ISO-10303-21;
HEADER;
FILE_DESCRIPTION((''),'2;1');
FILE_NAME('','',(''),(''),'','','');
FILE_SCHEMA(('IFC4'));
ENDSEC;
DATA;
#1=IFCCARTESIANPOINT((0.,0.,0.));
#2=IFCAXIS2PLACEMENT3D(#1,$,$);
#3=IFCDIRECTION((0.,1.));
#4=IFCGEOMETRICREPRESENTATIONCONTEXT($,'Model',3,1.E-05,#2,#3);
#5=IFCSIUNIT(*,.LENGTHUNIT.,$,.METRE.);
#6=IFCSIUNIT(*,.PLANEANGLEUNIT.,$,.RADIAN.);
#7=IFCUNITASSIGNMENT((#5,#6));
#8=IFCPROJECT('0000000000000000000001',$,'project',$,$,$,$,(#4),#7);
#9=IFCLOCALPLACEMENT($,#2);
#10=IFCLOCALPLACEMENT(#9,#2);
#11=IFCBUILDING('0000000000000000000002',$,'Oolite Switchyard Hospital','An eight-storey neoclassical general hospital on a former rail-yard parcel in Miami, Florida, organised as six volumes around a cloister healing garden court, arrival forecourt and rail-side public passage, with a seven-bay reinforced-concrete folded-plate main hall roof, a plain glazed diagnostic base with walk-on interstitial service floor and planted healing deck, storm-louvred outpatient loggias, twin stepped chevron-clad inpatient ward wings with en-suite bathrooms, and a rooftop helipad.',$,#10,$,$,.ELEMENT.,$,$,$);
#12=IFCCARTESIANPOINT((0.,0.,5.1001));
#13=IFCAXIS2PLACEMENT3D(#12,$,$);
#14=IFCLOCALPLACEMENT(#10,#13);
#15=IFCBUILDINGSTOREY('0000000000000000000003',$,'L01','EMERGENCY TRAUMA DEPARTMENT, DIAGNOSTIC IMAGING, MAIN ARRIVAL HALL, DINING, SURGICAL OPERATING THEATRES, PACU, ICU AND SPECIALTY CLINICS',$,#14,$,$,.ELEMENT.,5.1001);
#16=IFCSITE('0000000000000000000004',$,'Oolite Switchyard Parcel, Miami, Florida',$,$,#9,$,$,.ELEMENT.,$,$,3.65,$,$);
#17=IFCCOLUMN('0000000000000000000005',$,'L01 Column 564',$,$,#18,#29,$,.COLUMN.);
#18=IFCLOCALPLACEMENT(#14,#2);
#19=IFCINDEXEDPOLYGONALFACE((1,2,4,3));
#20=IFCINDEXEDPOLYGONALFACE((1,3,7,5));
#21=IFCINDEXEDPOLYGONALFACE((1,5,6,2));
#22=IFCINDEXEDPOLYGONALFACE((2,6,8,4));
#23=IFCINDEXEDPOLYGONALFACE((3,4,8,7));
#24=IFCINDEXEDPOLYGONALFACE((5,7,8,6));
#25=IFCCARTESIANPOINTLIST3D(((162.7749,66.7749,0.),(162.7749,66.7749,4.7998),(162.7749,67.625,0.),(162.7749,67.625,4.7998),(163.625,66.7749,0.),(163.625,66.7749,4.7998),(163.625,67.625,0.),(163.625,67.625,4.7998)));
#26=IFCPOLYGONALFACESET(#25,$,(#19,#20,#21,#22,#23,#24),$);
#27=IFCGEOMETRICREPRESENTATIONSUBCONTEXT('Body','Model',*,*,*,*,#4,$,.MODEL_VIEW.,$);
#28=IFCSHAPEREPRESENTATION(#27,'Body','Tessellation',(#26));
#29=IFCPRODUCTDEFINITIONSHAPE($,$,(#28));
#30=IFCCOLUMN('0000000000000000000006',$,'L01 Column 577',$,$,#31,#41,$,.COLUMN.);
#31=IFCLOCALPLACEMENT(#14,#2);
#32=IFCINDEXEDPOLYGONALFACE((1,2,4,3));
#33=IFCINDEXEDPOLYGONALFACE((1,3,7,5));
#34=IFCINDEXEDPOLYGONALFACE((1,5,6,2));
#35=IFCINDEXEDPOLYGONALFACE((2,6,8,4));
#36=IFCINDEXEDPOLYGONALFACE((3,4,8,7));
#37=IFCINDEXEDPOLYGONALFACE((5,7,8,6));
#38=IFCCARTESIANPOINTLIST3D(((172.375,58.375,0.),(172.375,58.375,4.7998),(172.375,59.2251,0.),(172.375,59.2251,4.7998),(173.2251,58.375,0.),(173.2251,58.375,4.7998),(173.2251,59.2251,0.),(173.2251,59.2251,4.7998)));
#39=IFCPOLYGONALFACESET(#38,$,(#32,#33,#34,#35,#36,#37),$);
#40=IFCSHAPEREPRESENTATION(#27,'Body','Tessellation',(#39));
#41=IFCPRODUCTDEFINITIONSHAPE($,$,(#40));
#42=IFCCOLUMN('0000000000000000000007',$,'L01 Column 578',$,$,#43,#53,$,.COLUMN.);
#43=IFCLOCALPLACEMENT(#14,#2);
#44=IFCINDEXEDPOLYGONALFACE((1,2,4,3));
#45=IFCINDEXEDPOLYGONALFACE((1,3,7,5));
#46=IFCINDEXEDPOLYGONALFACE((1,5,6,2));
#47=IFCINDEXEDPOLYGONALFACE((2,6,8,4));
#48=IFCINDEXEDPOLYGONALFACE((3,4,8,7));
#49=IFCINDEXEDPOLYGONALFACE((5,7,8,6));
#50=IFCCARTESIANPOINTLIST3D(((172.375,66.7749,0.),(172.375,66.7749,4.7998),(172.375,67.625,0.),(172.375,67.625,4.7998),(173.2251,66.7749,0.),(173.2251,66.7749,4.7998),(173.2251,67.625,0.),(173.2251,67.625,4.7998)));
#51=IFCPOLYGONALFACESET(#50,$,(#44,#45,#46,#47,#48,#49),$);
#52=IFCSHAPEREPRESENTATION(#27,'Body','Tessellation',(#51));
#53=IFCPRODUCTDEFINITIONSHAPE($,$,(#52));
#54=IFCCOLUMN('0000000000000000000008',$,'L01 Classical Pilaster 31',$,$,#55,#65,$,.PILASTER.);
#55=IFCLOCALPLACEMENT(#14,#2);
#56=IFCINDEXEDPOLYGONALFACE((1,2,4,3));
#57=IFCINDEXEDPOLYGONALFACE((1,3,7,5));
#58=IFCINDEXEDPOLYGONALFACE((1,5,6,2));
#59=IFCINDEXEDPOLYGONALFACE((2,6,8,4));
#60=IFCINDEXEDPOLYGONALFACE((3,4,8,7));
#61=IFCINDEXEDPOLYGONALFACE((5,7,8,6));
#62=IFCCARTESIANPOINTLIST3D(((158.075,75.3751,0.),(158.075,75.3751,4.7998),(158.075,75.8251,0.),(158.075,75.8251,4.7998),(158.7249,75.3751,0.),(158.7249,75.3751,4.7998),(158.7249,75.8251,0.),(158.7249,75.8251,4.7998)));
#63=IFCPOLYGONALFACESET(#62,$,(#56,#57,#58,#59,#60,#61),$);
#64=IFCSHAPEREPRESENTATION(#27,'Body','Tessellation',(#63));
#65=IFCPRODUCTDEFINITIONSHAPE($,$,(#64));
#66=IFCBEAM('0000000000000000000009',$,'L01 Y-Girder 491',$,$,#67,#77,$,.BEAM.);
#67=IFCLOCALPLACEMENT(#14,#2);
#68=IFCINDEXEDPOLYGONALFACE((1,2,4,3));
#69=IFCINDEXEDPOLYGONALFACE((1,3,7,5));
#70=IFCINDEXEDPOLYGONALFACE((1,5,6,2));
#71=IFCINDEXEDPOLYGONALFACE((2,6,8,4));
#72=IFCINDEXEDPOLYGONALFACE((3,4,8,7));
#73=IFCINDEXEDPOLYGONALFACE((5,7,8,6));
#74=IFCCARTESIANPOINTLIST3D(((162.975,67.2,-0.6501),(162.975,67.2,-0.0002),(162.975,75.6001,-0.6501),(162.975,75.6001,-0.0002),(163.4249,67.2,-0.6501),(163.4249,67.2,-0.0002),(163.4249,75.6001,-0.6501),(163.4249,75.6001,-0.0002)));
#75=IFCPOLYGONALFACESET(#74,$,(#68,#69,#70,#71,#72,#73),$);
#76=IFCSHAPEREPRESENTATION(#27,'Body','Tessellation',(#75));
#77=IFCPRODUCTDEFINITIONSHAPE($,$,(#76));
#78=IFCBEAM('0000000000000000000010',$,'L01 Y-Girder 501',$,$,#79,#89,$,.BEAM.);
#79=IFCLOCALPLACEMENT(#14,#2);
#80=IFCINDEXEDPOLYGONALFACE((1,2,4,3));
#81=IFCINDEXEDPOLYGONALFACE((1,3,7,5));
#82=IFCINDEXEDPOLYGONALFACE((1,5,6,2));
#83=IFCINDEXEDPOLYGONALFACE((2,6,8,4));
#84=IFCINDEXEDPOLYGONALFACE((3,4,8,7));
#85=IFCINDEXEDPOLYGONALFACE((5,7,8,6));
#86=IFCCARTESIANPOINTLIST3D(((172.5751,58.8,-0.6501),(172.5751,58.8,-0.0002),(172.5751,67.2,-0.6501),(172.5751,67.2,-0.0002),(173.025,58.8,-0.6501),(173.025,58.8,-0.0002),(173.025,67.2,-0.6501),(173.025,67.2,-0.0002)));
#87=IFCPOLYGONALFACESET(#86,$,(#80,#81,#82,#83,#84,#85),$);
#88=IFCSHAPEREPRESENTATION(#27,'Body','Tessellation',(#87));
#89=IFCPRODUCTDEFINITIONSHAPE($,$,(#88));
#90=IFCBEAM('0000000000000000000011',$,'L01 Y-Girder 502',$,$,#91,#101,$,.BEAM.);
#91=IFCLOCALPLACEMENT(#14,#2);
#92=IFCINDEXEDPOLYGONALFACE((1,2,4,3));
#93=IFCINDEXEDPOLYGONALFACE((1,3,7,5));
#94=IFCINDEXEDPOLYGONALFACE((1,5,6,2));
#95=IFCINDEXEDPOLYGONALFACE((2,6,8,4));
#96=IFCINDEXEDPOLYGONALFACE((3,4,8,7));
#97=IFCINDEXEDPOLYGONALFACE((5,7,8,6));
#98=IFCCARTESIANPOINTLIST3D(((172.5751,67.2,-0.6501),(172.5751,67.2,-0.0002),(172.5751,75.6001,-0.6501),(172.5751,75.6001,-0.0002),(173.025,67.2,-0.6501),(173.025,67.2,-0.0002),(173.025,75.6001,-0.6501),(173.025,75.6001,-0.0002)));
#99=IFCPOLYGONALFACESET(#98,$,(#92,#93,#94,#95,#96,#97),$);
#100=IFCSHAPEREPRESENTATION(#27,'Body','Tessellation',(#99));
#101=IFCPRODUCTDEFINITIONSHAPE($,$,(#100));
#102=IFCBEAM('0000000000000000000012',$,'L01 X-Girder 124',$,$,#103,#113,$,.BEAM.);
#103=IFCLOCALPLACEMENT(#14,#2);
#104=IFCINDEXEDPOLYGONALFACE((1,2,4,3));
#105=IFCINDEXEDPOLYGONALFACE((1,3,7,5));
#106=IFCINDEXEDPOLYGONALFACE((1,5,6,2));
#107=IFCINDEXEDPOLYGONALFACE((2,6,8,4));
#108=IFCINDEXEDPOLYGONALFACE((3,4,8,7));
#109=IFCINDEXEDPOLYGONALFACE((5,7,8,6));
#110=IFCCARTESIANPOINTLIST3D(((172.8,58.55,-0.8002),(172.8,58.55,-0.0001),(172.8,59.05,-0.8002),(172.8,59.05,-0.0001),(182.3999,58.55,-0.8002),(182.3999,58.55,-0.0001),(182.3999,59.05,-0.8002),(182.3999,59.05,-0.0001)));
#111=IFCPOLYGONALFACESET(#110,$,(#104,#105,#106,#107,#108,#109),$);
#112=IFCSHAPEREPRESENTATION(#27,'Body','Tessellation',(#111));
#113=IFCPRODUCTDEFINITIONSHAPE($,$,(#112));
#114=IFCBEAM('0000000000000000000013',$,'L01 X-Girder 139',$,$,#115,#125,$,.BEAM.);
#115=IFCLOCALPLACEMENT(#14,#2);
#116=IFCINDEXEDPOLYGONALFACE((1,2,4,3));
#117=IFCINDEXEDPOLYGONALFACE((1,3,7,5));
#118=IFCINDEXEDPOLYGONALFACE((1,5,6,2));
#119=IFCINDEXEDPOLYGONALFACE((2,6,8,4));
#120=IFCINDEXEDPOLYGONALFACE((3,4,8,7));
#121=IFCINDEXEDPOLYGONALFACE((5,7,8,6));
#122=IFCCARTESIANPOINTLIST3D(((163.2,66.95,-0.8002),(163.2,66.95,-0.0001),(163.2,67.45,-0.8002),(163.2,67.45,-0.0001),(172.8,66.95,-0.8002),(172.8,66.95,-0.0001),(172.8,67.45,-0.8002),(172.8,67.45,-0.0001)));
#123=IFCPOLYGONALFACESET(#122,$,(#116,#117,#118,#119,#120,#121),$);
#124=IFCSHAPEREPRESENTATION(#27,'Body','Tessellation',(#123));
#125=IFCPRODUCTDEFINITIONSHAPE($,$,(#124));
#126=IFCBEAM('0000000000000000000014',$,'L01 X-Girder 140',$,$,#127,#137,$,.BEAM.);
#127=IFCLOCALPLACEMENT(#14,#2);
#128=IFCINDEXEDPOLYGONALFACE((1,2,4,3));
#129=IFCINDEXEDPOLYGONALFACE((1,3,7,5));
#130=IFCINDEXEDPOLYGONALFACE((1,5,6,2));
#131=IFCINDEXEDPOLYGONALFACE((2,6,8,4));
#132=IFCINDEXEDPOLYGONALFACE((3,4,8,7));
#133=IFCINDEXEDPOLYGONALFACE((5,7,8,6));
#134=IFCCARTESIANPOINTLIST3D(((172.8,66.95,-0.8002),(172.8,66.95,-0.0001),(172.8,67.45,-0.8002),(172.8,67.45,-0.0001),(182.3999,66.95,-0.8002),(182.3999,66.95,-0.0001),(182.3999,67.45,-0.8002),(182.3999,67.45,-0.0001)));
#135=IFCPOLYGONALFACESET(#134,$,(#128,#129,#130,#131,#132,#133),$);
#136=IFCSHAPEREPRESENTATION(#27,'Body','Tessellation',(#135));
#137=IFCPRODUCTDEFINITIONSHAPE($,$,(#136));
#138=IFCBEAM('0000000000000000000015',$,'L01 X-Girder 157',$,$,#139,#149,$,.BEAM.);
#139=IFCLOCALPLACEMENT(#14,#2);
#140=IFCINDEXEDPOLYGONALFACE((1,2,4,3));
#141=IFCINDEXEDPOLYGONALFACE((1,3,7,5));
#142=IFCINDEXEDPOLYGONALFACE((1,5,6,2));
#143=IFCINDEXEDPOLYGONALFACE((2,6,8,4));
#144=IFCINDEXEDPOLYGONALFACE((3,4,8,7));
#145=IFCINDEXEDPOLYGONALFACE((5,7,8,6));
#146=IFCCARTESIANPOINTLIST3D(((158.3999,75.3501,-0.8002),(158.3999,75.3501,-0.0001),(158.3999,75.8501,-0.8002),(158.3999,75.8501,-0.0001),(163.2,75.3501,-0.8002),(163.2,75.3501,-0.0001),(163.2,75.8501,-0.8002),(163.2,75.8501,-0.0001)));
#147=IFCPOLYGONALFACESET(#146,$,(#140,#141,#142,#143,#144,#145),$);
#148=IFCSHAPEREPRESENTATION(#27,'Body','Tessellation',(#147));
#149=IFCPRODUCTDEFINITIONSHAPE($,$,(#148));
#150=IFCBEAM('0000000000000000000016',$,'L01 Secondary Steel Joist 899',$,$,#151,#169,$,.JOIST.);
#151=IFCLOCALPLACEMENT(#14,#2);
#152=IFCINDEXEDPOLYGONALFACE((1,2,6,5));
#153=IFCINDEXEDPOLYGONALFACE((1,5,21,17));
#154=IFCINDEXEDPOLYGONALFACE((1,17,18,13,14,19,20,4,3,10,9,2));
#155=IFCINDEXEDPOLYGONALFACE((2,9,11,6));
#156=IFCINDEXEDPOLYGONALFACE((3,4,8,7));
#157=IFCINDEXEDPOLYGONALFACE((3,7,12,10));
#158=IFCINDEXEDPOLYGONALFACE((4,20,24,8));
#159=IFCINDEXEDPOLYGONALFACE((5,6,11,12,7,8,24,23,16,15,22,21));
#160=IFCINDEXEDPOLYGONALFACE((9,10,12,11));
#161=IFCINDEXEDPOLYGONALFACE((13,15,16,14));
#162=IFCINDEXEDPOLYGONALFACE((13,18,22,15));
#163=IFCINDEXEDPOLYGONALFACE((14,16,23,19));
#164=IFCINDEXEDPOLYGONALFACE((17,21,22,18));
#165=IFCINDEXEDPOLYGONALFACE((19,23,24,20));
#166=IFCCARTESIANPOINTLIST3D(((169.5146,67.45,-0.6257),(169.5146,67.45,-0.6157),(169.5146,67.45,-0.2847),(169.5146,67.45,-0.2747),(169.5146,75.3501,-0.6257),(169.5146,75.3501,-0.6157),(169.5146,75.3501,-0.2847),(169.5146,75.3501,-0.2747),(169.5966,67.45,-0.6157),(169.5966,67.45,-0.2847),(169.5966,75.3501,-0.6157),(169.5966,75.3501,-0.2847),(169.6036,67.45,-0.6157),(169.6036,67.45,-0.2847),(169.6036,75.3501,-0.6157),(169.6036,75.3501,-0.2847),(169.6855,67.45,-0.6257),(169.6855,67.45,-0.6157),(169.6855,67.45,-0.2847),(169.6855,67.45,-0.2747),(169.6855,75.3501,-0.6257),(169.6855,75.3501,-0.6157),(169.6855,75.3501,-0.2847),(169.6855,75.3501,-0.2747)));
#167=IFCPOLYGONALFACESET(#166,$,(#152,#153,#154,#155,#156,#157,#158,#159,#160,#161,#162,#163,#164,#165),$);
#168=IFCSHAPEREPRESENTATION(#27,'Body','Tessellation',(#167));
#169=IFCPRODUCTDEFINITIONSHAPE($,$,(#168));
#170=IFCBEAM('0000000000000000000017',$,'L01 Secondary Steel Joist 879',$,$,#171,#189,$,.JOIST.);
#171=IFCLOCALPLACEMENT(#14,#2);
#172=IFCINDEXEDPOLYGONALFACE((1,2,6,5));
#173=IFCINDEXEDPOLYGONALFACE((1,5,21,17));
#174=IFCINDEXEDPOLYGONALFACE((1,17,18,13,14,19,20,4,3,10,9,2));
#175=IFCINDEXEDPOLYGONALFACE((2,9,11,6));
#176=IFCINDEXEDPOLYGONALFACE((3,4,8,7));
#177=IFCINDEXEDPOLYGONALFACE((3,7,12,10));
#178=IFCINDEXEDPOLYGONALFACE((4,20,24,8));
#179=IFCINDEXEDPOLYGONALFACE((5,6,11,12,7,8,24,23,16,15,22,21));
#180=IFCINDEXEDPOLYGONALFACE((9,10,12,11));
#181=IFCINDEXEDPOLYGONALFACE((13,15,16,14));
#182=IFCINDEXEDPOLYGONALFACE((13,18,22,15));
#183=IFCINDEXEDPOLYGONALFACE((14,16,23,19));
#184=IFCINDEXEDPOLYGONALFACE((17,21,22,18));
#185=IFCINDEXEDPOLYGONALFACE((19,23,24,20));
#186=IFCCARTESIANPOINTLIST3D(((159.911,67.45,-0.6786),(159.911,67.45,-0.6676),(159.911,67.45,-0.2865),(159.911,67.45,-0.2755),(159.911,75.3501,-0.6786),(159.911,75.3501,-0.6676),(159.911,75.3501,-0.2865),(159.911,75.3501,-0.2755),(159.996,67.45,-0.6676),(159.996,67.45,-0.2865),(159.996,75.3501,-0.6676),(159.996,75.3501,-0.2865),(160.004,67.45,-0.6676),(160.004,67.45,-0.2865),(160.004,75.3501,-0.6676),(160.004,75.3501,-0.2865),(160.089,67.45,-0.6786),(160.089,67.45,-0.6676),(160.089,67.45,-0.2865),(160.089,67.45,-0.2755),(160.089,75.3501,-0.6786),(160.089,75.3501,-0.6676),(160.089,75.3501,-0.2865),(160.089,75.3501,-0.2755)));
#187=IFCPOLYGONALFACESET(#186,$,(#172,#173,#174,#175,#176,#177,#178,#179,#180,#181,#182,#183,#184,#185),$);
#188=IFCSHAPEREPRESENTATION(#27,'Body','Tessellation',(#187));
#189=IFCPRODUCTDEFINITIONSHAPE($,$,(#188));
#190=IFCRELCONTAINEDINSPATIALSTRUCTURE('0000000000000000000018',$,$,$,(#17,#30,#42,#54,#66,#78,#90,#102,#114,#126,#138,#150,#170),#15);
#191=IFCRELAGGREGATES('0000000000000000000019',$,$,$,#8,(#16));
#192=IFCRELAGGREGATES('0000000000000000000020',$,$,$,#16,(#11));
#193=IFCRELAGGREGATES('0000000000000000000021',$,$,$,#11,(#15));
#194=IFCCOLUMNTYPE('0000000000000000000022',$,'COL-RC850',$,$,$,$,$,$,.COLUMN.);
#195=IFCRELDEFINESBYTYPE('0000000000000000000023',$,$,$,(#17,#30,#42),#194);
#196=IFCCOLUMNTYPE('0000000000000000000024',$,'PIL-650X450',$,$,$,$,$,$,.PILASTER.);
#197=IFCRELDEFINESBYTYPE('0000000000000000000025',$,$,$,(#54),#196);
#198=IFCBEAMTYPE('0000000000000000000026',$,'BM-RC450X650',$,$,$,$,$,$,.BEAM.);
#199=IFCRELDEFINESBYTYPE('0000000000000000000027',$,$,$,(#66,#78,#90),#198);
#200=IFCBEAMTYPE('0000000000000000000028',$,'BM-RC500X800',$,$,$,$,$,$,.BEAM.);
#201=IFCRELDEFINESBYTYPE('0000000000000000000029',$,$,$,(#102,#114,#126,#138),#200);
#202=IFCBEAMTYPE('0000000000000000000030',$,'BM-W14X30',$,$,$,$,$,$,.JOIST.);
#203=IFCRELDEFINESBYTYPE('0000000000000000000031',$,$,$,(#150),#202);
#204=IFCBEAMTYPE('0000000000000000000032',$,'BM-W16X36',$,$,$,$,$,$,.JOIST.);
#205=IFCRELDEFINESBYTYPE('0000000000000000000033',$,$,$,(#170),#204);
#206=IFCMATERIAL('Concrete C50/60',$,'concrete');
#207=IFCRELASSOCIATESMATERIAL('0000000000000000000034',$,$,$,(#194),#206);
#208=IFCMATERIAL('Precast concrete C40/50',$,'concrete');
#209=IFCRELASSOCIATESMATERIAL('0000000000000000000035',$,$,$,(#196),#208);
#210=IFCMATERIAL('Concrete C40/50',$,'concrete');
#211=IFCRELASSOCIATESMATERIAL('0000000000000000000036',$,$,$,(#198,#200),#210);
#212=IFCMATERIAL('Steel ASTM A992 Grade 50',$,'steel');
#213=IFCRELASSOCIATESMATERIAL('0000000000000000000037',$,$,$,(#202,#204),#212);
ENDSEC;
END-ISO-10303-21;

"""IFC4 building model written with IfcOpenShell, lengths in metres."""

from ifc_helpers import new_model, si_unit, direction, frame, origin, origin_2d, place, context, subcontext, project, spatial, rectangle, i_section, extrude, material, material_profile, profile_set, type_object, element, save


model = new_model("IFC4")

# Units and contexts
model_context = context("Model", 3, precision=1e-05, world=origin(), true_north=direction((0.0, 1.0)))
body_context = subcontext(model_context, "Body", "Model", "MODEL_VIEW")
ifc_project = project(units=[si_unit("LENGTHUNIT", "METRE"), si_unit("PLANEANGLEUNIT", "RADIAN")], contexts=[model_context])

# Site, building, storey
site_placement = place(None, origin())
site = spatial("IfcSite", under=ifc_project, at=site_placement, Name="Oolite Switchyard Parcel, Miami, Florida", CompositionType="ELEMENT", RefElevation=3.65)
building_placement = place(site_placement, origin())
building = spatial("IfcBuilding", under=site, at=building_placement, Name="Oolite Switchyard Hospital", Description="An eight-storey neoclassical general hospital on a former rail-yard parcel in Miami, Florida, organised as six volumes around a cloister healing garden court, arrival forecourt and rail-side public passage, with a seven-bay reinforced-concrete folded-plate main hall roof, a plain glazed diagnostic base with walk-on interstitial service floor and planted healing deck, storm-louvred outpatient loggias, twin stepped chevron-clad inpatient ward wings with en-suite bathrooms, and a rooftop helipad.", CompositionType="ELEMENT")
storey_placement = place(building_placement, frame((0.0, 0.0, 5.1001)))
storey = spatial("IfcBuildingStorey", under=building, at=storey_placement, Name="L01", Description="EMERGENCY TRAUMA DEPARTMENT, DIAGNOSTIC IMAGING, MAIN ARRIVAL HALL, DINING, SURGICAL OPERATING THEATRES, PACU, ICU AND SPECIALTY CLINICS", CompositionType="ELEMENT", Elevation=5.1001)

# Columns
ifc_material_1 = material(Name="Concrete C50/60", Category="concrete")
ifc_material_profile_1 = material_profile(ifc_material_1, rectangle(XDim=0.8501, YDim=0.8501, at=origin_2d()), Name="RC850X850")
ifc_profile_set_1 = profile_set([ifc_material_profile_1], Name="Concrete C50/60")
column_type_1 = type_object("IfcColumnType", Name="COL-RC850", PredefinedType="COLUMN", material=ifc_profile_set_1)
for number, where, z_axis, x_axis, name in (
    (1, (163.2, 67.2, 0.0), (0.0, 0.0, 1.0), (1.0, 0.0, 0.0), "L01 Column 564"),
    (2, (172.8, 58.8, 0.0), (0.0, 0.0, 1.0), (1.0, 0.0, 0.0), "L01 Column 577"),
    (3, (172.8, 67.2, 0.0), (0.0, 0.0, 1.0), (1.0, 0.0, 0.0), "L01 Column 578"),
):
    element("IfcColumn", number, at=place(storey_placement, frame(where, z_axis=z_axis, x_axis=x_axis)), inside=storey, type_object=column_type_1, Name=name, PredefinedType="COLUMN", context=body_context, shape_type="SweptSolid", body=[
        extrude(rectangle(XDim=0.8501, YDim=0.8501, at=origin_2d()), origin(), (0.0, 0.0, 1.0), 4.7998),
    ])
ifc_material_2 = material(Name="Precast concrete C40/50", Category="concrete")
ifc_material_profile_2 = material_profile(ifc_material_2, rectangle(XDim=0.6499, YDim=0.45, at=origin_2d()), Name="PIL650X450")
ifc_profile_set_2 = profile_set([ifc_material_profile_2], Name="Precast concrete C40/50")
column_type_2 = type_object("IfcColumnType", Name="PIL-650X450", PredefinedType="PILASTER", material=ifc_profile_set_2)
column_placement = place(storey_placement, frame((158.3999, 75.6001, 0.0), z_axis=(0.0, 0.0, 1.0), x_axis=(1.0, 0.0, 0.0)))
element("IfcColumn", 4, at=column_placement, inside=storey, type_object=column_type_2, Name="L01 Classical Pilaster 31", PredefinedType="PILASTER", context=body_context, shape_type="SweptSolid", body=[
    extrude(rectangle(XDim=0.6499, YDim=0.45, at=origin_2d()), origin(), (0.0, 0.0, 1.0), 4.7998),
])

# Beams
ifc_material_3 = material(Name="Concrete C40/50", Category="concrete")
ifc_material_profile_3 = material_profile(ifc_material_3, rectangle(XDim=0.45, YDim=0.6499, at=origin_2d()), Name="RCB450X650")
ifc_profile_set_3 = profile_set([ifc_material_profile_3], Name="Concrete C40/50")
beam_type_1 = type_object("IfcBeamType", Name="BM-RC450X650", PredefinedType="BEAM", material=ifc_profile_set_3)
beam_1_placement = place(storey_placement, frame((163.2, 67.2, -0.3252), z_axis=(0.0, 1.0, 0.0), x_axis=(-1.0, 0.0, 0.0)))
element("IfcBeam", 5, at=beam_1_placement, inside=storey, type_object=beam_type_1, Name="L01 Y-Girder 491", PredefinedType="BEAM", context=body_context, shape_type="SweptSolid", body=[
    extrude(rectangle(XDim=0.45, YDim=0.6499, at=origin_2d()), origin(), (0.0, 0.0, 1.0), 8.4001),
])
beam_2_placement = place(storey_placement, frame((172.8, 58.8, -0.3252), z_axis=(0.0, 1.0, 0.0), x_axis=(-1.0, 0.0, 0.0)))
element("IfcBeam", 6, at=beam_2_placement, inside=storey, type_object=beam_type_1, Name="L01 Y-Girder 501", PredefinedType="BEAM", context=body_context, shape_type="SweptSolid", body=[
    extrude(rectangle(XDim=0.45, YDim=0.6499, at=origin_2d()), origin(), (0.0, 0.0, 1.0), 8.3999),
])
beam_3_placement = place(storey_placement, frame((172.8, 67.2, -0.3252), z_axis=(0.0, 1.0, 0.0), x_axis=(-1.0, 0.0, 0.0)))
element("IfcBeam", 7, at=beam_3_placement, inside=storey, type_object=beam_type_1, Name="L01 Y-Girder 502", PredefinedType="BEAM", context=body_context, shape_type="SweptSolid", body=[
    extrude(rectangle(XDim=0.45, YDim=0.6499, at=origin_2d()), origin(), (0.0, 0.0, 1.0), 8.4001),
])
ifc_material_profile_4 = material_profile(ifc_material_3, rectangle(XDim=0.5, YDim=0.8, at=origin_2d()), Name="RCB500X800")
ifc_profile_set_4 = profile_set([ifc_material_profile_4], Name="Concrete C40/50")
beam_type_2 = type_object("IfcBeamType", Name="BM-RC500X800", PredefinedType="BEAM", material=ifc_profile_set_4)
beam_4_placement = place(storey_placement, frame((172.8, 58.8, -0.4001), z_axis=(1.0, 0.0, 0.0), x_axis=(0.0, 1.0, 0.0)))
element("IfcBeam", 8, at=beam_4_placement, inside=storey, type_object=beam_type_2, Name="L01 X-Girder 124", PredefinedType="BEAM", context=body_context, shape_type="SweptSolid", body=[
    extrude(rectangle(XDim=0.5, YDim=0.8, at=origin_2d()), origin(), (0.0, 0.0, 1.0), 9.5999),
])
beam_5_placement = place(storey_placement, frame((163.2, 67.2, -0.4001), z_axis=(1.0, 0.0, 0.0), x_axis=(0.0, 1.0, 0.0)))
element("IfcBeam", 9, at=beam_5_placement, inside=storey, type_object=beam_type_2, Name="L01 X-Girder 139", PredefinedType="BEAM", context=body_context, shape_type="SweptSolid", body=[
    extrude(rectangle(XDim=0.5, YDim=0.8, at=origin_2d()), origin(), (0.0, 0.0, 1.0), 9.6001),
])
beam_6_placement = place(storey_placement, frame((172.8, 67.2, -0.4001), z_axis=(1.0, 0.0, 0.0), x_axis=(0.0, 1.0, 0.0)))
element("IfcBeam", 10, at=beam_6_placement, inside=storey, type_object=beam_type_2, Name="L01 X-Girder 140", PredefinedType="BEAM", context=body_context, shape_type="SweptSolid", body=[
    extrude(rectangle(XDim=0.5, YDim=0.8, at=origin_2d()), origin(), (0.0, 0.0, 1.0), 9.5999),
])
beam_7_placement = place(storey_placement, frame((158.3999, 75.6001, -0.4001), z_axis=(1.0, 0.0, 0.0), x_axis=(0.0, 1.0, 0.0)))
element("IfcBeam", 11, at=beam_7_placement, inside=storey, type_object=beam_type_2, Name="L01 X-Girder 157", PredefinedType="BEAM", context=body_context, shape_type="SweptSolid", body=[
    extrude(rectangle(XDim=0.5, YDim=0.8, at=origin_2d()), origin(), (0.0, 0.0, 1.0), 4.8),
])
ifc_material_4 = material(Name="Steel ASTM A992 Grade 50", Category="steel")
ifc_material_profile_5 = material_profile(ifc_material_4, i_section(OverallWidth=0.1709, OverallDepth=0.3511, WebThickness=0.0071, FlangeThickness=0.01, at=origin_2d()), Name="W14X30")
ifc_profile_set_5 = profile_set([ifc_material_profile_5], Name="Steel ASTM A992 Grade 50")
beam_type_3 = type_object("IfcBeamType", Name="BM-W14X30", PredefinedType="JOIST", material=ifc_profile_set_5)
beam_8_placement = place(storey_placement, frame((169.6001, 67.45, -0.4502), z_axis=(0.0, 1.0, 0.0), x_axis=(-1.0, 0.0, 0.0)))
element("IfcBeam", 12, at=beam_8_placement, inside=storey, type_object=beam_type_3, Name="L01 Secondary Steel Joist 899", PredefinedType="JOIST", context=body_context, shape_type="SweptSolid", body=[
    extrude(i_section(OverallWidth=0.1709, OverallDepth=0.3511, WebThickness=0.0071, FlangeThickness=0.01, at=origin_2d()), origin(), (0.0, 0.0, 1.0), 7.9001),
])
ifc_material_profile_6 = material_profile(ifc_material_4, i_section(OverallWidth=0.178, OverallDepth=0.4031, WebThickness=0.0081, FlangeThickness=0.011, at=origin_2d()), Name="W16X36")
ifc_profile_set_6 = profile_set([ifc_material_profile_6], Name="Steel ASTM A992 Grade 50")
beam_type_4 = type_object("IfcBeamType", Name="BM-W16X36", PredefinedType="JOIST", material=ifc_profile_set_6)
beam_9_placement = place(storey_placement, frame((160.0, 67.45, -0.4771), z_axis=(0.0, 1.0, 0.0), x_axis=(-1.0, 0.0, 0.0)))
element("IfcBeam", 13, at=beam_9_placement, inside=storey, type_object=beam_type_4, Name="L01 Secondary Steel Joist 879", PredefinedType="JOIST", context=body_context, shape_type="SweptSolid", body=[
    extrude(i_section(OverallWidth=0.178, OverallDepth=0.4031, WebThickness=0.0081, FlangeThickness=0.011, at=origin_2d()), origin(), (0.0, 0.0, 1.0), 7.9001),
])

save(model, "model.ifc")
